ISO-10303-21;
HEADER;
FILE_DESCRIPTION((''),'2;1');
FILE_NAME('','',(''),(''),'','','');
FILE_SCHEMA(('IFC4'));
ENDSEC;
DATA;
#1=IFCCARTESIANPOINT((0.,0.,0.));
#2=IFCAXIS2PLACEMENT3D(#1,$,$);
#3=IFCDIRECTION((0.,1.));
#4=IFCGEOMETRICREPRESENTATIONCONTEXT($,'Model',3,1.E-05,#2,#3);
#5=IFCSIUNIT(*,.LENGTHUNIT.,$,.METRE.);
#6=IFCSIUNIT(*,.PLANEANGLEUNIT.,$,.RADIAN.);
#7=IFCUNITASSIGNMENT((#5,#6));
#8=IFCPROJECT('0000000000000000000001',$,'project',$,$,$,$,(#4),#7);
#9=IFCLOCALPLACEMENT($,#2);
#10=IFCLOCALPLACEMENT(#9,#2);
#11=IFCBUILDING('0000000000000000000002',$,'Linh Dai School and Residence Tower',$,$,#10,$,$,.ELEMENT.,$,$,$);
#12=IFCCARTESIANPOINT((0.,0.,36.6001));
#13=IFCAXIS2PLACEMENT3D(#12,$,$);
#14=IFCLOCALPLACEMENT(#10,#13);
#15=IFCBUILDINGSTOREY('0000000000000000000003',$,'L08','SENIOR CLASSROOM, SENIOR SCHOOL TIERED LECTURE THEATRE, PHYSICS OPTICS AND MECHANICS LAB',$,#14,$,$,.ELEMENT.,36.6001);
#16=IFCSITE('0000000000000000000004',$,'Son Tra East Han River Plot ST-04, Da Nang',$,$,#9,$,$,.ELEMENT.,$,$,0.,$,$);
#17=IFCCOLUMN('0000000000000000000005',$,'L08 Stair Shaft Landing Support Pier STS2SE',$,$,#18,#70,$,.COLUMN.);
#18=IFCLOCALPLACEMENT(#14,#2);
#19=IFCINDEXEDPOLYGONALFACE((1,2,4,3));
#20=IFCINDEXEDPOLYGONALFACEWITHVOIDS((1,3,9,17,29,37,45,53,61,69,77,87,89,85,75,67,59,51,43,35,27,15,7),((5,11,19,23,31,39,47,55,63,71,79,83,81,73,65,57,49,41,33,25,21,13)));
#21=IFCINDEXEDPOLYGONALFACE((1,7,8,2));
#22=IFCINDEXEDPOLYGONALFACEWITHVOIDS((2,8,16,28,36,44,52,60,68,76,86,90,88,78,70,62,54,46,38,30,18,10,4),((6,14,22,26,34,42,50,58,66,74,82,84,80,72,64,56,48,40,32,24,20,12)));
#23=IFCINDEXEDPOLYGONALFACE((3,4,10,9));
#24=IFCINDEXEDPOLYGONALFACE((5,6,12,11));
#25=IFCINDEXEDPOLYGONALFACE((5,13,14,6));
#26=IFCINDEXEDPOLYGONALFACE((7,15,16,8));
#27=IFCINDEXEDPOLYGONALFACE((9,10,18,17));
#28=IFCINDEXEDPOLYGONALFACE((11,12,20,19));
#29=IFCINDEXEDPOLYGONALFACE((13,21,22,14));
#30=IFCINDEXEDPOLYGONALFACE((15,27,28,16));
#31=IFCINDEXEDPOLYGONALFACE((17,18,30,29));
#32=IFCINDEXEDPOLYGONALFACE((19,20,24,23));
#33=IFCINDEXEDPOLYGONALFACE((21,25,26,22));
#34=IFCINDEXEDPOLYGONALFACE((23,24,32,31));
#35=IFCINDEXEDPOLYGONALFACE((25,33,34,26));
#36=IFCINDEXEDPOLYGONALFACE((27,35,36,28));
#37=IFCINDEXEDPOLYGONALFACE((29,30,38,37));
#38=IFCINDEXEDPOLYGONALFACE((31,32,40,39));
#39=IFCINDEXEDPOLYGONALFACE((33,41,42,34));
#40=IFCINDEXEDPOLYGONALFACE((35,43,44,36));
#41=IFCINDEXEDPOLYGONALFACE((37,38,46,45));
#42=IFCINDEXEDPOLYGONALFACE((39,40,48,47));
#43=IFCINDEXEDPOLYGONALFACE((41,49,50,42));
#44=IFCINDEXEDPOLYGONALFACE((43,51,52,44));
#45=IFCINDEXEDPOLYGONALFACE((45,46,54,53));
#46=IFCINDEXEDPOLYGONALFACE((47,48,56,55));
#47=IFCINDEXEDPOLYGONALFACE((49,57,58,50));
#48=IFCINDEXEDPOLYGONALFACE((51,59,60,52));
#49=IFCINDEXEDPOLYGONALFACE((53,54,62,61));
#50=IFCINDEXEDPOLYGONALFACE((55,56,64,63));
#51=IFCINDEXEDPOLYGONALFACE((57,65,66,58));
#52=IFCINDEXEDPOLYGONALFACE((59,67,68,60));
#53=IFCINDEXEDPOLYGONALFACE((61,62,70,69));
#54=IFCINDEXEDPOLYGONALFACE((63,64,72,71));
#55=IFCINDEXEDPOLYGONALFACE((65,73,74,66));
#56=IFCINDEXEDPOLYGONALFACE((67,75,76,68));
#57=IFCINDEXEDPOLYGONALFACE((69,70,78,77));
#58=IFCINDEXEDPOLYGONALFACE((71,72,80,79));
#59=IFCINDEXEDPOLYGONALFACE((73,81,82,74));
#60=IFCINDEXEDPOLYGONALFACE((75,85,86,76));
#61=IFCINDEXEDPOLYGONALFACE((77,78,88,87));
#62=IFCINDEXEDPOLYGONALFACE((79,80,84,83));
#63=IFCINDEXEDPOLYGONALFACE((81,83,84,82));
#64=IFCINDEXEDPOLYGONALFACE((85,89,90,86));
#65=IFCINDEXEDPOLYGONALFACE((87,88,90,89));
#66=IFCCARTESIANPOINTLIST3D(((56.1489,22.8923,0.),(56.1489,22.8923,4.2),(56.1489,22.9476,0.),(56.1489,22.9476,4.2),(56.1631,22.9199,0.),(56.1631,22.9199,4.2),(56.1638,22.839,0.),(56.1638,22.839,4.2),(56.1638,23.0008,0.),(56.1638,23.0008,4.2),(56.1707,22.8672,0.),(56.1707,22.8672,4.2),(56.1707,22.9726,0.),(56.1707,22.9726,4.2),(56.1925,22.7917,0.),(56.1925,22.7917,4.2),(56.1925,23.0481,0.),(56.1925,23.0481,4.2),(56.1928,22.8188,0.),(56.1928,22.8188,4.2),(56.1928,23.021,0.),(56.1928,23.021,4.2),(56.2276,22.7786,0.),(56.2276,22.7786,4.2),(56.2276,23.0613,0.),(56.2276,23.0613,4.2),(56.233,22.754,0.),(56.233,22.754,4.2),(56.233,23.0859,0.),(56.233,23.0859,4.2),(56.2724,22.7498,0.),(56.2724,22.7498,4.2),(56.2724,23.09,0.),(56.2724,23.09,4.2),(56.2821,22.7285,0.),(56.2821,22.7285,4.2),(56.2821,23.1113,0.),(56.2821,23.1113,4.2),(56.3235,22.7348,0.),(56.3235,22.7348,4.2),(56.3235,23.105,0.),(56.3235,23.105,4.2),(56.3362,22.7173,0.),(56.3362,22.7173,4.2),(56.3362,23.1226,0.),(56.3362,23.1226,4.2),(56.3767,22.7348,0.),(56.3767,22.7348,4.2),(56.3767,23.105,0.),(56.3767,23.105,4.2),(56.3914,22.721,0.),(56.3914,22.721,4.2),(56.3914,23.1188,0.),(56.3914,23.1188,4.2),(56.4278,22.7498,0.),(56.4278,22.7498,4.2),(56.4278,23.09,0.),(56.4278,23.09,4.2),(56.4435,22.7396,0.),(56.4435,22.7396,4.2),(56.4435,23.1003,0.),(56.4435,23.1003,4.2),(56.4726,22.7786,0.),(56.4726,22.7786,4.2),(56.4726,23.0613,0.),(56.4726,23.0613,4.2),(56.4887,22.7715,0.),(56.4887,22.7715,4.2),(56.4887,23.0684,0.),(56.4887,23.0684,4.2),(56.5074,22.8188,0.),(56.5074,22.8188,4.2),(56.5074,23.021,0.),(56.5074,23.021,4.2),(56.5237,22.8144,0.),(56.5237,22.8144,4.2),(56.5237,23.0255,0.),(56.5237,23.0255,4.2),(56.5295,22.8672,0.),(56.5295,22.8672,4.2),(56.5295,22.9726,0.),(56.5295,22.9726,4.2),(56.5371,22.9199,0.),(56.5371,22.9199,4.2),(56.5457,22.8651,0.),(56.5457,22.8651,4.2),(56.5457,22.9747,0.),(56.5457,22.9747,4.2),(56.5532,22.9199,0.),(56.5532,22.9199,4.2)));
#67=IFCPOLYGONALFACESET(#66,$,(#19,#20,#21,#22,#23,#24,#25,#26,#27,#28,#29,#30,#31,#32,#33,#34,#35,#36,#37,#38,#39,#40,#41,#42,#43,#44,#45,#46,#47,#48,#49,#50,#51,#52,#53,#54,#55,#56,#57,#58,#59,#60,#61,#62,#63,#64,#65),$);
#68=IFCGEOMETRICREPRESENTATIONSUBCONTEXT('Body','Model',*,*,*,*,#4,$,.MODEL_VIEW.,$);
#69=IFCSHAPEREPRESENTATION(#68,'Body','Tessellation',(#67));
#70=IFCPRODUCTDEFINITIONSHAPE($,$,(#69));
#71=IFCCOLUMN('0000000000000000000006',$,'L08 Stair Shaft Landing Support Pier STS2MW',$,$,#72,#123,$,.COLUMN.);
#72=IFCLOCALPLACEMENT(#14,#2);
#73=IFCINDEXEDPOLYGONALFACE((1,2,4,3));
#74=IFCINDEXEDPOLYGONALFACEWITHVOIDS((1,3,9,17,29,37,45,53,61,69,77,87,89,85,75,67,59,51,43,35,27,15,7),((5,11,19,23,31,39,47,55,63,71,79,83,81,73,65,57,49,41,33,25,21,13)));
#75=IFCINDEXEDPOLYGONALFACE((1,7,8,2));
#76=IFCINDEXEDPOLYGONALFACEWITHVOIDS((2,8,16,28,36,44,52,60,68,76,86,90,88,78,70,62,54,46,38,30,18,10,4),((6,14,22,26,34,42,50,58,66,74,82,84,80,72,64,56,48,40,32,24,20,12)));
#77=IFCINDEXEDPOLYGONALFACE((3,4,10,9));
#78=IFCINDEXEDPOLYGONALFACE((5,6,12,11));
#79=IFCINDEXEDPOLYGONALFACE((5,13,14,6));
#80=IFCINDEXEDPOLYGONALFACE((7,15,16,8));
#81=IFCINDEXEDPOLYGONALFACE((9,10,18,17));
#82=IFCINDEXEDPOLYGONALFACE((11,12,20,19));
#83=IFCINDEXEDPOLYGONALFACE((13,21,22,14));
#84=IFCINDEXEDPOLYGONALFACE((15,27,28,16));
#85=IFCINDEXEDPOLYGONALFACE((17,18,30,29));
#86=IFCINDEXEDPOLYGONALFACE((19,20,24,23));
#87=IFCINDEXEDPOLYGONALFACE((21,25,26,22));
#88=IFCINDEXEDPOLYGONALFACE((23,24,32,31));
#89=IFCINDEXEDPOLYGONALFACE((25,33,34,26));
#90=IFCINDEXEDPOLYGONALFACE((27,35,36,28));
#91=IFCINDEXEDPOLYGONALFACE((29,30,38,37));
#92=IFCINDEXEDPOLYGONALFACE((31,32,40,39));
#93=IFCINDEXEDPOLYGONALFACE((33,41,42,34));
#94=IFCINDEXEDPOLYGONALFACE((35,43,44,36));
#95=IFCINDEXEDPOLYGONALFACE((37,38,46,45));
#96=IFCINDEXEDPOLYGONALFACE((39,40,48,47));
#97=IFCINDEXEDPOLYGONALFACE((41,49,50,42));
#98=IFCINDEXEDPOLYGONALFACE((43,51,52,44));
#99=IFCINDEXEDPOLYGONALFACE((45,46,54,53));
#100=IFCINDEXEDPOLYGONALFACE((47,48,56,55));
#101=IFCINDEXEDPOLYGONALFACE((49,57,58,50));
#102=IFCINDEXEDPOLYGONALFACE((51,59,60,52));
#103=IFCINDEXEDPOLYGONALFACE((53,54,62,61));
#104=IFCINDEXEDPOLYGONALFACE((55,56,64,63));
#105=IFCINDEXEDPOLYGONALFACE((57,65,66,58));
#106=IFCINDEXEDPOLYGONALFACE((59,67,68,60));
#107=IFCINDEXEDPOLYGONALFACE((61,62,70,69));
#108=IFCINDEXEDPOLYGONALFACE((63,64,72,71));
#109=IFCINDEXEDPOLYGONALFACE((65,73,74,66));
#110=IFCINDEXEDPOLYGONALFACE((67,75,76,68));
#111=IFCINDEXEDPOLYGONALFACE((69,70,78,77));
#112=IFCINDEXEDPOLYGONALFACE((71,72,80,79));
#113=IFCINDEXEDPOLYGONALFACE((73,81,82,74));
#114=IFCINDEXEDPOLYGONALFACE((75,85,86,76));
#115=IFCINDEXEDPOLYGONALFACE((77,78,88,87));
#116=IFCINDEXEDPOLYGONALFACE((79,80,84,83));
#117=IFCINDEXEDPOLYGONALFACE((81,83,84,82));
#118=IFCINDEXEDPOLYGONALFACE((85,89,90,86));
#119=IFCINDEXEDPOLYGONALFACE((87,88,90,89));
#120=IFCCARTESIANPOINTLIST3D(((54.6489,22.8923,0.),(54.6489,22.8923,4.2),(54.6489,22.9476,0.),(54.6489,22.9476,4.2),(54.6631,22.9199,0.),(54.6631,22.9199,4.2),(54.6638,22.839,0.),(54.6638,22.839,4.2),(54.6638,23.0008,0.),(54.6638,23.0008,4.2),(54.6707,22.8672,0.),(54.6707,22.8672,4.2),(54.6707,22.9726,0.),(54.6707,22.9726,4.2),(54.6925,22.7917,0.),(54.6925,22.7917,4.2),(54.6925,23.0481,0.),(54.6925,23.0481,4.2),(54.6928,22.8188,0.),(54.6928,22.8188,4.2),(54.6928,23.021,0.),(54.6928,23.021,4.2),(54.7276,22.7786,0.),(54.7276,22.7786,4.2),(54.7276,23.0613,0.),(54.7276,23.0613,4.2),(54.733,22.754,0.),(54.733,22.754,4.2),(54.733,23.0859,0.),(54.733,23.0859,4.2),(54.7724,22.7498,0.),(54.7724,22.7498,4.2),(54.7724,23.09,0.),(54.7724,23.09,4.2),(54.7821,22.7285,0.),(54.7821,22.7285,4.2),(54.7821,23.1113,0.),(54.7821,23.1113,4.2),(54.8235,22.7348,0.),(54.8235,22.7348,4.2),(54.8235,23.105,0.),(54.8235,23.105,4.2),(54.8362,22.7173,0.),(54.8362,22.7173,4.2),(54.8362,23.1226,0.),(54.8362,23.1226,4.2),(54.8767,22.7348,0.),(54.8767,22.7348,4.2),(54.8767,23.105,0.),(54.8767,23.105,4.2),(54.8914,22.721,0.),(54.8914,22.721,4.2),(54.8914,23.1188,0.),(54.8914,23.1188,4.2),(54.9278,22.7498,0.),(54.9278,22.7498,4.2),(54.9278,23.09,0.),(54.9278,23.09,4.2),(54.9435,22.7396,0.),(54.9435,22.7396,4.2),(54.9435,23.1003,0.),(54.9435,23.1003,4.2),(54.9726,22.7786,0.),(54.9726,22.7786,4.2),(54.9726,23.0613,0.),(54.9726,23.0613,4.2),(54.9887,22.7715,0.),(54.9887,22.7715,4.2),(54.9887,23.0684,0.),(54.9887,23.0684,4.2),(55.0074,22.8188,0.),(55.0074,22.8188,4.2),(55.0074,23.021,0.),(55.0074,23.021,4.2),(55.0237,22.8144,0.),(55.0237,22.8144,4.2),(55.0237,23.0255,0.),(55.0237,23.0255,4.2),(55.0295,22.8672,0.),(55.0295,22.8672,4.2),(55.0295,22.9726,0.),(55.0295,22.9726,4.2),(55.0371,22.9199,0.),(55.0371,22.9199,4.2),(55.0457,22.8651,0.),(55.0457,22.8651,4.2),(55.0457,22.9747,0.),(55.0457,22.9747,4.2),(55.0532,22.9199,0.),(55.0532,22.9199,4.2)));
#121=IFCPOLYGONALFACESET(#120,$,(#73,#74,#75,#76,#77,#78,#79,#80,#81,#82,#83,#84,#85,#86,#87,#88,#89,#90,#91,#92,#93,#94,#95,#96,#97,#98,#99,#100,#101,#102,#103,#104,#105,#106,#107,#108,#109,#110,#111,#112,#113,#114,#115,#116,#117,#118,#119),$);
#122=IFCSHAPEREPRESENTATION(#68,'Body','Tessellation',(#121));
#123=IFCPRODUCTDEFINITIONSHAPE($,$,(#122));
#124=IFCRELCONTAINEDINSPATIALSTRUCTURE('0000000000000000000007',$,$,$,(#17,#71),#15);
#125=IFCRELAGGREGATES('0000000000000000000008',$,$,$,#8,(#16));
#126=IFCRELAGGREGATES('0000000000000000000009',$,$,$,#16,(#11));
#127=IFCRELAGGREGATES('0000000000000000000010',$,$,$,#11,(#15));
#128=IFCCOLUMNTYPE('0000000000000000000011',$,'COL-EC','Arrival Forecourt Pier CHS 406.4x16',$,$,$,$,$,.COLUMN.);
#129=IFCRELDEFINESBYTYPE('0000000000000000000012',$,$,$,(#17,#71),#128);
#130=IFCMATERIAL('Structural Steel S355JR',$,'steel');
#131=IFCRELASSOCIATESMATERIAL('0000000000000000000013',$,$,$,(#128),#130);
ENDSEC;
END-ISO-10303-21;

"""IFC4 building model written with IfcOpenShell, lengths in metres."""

from ifc_helpers import new_model, si_unit, direction, frame, origin, origin_2d, place, context, subcontext, project, spatial, hollow_circle, extrude, material, material_profile, profile_set, type_object, element, save


model = new_model("IFC4")

# Units and contexts
model_context = context("Model", 3, precision=1e-05, world=origin(), true_north=direction((0.0, 1.0)))
body_context = subcontext(model_context, "Body", "Model", "MODEL_VIEW")
ifc_project = project(units=[si_unit("LENGTHUNIT", "METRE"), si_unit("PLANEANGLEUNIT", "RADIAN")], contexts=[model_context])

# Site, building, storey
site_placement = place(None, origin())
site = spatial("IfcSite", under=ifc_project, at=site_placement, Name="Son Tra East Han River Plot ST-04, Da Nang", CompositionType="ELEMENT", RefElevation=0.0)
building_placement = place(site_placement, origin())
building = spatial("IfcBuilding", under=site, at=building_placement, Name="Linh Dai School and Residence Tower", CompositionType="ELEMENT")
storey_placement = place(building_placement, frame((0.0, 0.0, 36.6001)))
storey = spatial("IfcBuildingStorey", under=building, at=storey_placement, Name="L08", Description="SENIOR CLASSROOM, SENIOR SCHOOL TIERED LECTURE THEATRE, PHYSICS OPTICS AND MECHANICS LAB", CompositionType="ELEMENT", Elevation=36.6001)

# Columns
ifc_material_1 = material(Name="Structural Steel S355JR", Category="steel")
ifc_material_profile_1 = material_profile(ifc_material_1, hollow_circle(Radius=0.2031, WallThickness=0.0161, at=origin_2d()), Name="CHS 406.4x16")
ifc_profile_set_1 = profile_set([ifc_material_profile_1], Name="Structural Steel S355JR")
column_type_1 = type_object("IfcColumnType", Name="COL-EC", Description="Arrival Forecourt Pier CHS 406.4x16", PredefinedType="COLUMN", material=ifc_profile_set_1)
for number, where, z_axis, x_axis, name in (
    (1, (56.3501, 22.9199, 0.0), (0.0, 0.0, 1.0), (1.0, 0.0, 0.0), "L08 Stair Shaft Landing Support Pier STS2SE"),
    (2, (54.8501, 22.9199, 0.0), (0.0, 0.0, 1.0), (1.0, 0.0, 0.0), "L08 Stair Shaft Landing Support Pier STS2MW"),
):
    element("IfcColumn", number, at=place(storey_placement, frame(where, z_axis=z_axis, x_axis=x_axis)), inside=storey, type_object=column_type_1, Name=name, PredefinedType="COLUMN", context=body_context, shape_type="SweptSolid", body=[
        extrude(hollow_circle(Radius=0.2031, WallThickness=0.0161, at=origin_2d()), origin(), (0.0, 0.0, 1.0), 4.2),
    ])

save(model, "model.ifc")
